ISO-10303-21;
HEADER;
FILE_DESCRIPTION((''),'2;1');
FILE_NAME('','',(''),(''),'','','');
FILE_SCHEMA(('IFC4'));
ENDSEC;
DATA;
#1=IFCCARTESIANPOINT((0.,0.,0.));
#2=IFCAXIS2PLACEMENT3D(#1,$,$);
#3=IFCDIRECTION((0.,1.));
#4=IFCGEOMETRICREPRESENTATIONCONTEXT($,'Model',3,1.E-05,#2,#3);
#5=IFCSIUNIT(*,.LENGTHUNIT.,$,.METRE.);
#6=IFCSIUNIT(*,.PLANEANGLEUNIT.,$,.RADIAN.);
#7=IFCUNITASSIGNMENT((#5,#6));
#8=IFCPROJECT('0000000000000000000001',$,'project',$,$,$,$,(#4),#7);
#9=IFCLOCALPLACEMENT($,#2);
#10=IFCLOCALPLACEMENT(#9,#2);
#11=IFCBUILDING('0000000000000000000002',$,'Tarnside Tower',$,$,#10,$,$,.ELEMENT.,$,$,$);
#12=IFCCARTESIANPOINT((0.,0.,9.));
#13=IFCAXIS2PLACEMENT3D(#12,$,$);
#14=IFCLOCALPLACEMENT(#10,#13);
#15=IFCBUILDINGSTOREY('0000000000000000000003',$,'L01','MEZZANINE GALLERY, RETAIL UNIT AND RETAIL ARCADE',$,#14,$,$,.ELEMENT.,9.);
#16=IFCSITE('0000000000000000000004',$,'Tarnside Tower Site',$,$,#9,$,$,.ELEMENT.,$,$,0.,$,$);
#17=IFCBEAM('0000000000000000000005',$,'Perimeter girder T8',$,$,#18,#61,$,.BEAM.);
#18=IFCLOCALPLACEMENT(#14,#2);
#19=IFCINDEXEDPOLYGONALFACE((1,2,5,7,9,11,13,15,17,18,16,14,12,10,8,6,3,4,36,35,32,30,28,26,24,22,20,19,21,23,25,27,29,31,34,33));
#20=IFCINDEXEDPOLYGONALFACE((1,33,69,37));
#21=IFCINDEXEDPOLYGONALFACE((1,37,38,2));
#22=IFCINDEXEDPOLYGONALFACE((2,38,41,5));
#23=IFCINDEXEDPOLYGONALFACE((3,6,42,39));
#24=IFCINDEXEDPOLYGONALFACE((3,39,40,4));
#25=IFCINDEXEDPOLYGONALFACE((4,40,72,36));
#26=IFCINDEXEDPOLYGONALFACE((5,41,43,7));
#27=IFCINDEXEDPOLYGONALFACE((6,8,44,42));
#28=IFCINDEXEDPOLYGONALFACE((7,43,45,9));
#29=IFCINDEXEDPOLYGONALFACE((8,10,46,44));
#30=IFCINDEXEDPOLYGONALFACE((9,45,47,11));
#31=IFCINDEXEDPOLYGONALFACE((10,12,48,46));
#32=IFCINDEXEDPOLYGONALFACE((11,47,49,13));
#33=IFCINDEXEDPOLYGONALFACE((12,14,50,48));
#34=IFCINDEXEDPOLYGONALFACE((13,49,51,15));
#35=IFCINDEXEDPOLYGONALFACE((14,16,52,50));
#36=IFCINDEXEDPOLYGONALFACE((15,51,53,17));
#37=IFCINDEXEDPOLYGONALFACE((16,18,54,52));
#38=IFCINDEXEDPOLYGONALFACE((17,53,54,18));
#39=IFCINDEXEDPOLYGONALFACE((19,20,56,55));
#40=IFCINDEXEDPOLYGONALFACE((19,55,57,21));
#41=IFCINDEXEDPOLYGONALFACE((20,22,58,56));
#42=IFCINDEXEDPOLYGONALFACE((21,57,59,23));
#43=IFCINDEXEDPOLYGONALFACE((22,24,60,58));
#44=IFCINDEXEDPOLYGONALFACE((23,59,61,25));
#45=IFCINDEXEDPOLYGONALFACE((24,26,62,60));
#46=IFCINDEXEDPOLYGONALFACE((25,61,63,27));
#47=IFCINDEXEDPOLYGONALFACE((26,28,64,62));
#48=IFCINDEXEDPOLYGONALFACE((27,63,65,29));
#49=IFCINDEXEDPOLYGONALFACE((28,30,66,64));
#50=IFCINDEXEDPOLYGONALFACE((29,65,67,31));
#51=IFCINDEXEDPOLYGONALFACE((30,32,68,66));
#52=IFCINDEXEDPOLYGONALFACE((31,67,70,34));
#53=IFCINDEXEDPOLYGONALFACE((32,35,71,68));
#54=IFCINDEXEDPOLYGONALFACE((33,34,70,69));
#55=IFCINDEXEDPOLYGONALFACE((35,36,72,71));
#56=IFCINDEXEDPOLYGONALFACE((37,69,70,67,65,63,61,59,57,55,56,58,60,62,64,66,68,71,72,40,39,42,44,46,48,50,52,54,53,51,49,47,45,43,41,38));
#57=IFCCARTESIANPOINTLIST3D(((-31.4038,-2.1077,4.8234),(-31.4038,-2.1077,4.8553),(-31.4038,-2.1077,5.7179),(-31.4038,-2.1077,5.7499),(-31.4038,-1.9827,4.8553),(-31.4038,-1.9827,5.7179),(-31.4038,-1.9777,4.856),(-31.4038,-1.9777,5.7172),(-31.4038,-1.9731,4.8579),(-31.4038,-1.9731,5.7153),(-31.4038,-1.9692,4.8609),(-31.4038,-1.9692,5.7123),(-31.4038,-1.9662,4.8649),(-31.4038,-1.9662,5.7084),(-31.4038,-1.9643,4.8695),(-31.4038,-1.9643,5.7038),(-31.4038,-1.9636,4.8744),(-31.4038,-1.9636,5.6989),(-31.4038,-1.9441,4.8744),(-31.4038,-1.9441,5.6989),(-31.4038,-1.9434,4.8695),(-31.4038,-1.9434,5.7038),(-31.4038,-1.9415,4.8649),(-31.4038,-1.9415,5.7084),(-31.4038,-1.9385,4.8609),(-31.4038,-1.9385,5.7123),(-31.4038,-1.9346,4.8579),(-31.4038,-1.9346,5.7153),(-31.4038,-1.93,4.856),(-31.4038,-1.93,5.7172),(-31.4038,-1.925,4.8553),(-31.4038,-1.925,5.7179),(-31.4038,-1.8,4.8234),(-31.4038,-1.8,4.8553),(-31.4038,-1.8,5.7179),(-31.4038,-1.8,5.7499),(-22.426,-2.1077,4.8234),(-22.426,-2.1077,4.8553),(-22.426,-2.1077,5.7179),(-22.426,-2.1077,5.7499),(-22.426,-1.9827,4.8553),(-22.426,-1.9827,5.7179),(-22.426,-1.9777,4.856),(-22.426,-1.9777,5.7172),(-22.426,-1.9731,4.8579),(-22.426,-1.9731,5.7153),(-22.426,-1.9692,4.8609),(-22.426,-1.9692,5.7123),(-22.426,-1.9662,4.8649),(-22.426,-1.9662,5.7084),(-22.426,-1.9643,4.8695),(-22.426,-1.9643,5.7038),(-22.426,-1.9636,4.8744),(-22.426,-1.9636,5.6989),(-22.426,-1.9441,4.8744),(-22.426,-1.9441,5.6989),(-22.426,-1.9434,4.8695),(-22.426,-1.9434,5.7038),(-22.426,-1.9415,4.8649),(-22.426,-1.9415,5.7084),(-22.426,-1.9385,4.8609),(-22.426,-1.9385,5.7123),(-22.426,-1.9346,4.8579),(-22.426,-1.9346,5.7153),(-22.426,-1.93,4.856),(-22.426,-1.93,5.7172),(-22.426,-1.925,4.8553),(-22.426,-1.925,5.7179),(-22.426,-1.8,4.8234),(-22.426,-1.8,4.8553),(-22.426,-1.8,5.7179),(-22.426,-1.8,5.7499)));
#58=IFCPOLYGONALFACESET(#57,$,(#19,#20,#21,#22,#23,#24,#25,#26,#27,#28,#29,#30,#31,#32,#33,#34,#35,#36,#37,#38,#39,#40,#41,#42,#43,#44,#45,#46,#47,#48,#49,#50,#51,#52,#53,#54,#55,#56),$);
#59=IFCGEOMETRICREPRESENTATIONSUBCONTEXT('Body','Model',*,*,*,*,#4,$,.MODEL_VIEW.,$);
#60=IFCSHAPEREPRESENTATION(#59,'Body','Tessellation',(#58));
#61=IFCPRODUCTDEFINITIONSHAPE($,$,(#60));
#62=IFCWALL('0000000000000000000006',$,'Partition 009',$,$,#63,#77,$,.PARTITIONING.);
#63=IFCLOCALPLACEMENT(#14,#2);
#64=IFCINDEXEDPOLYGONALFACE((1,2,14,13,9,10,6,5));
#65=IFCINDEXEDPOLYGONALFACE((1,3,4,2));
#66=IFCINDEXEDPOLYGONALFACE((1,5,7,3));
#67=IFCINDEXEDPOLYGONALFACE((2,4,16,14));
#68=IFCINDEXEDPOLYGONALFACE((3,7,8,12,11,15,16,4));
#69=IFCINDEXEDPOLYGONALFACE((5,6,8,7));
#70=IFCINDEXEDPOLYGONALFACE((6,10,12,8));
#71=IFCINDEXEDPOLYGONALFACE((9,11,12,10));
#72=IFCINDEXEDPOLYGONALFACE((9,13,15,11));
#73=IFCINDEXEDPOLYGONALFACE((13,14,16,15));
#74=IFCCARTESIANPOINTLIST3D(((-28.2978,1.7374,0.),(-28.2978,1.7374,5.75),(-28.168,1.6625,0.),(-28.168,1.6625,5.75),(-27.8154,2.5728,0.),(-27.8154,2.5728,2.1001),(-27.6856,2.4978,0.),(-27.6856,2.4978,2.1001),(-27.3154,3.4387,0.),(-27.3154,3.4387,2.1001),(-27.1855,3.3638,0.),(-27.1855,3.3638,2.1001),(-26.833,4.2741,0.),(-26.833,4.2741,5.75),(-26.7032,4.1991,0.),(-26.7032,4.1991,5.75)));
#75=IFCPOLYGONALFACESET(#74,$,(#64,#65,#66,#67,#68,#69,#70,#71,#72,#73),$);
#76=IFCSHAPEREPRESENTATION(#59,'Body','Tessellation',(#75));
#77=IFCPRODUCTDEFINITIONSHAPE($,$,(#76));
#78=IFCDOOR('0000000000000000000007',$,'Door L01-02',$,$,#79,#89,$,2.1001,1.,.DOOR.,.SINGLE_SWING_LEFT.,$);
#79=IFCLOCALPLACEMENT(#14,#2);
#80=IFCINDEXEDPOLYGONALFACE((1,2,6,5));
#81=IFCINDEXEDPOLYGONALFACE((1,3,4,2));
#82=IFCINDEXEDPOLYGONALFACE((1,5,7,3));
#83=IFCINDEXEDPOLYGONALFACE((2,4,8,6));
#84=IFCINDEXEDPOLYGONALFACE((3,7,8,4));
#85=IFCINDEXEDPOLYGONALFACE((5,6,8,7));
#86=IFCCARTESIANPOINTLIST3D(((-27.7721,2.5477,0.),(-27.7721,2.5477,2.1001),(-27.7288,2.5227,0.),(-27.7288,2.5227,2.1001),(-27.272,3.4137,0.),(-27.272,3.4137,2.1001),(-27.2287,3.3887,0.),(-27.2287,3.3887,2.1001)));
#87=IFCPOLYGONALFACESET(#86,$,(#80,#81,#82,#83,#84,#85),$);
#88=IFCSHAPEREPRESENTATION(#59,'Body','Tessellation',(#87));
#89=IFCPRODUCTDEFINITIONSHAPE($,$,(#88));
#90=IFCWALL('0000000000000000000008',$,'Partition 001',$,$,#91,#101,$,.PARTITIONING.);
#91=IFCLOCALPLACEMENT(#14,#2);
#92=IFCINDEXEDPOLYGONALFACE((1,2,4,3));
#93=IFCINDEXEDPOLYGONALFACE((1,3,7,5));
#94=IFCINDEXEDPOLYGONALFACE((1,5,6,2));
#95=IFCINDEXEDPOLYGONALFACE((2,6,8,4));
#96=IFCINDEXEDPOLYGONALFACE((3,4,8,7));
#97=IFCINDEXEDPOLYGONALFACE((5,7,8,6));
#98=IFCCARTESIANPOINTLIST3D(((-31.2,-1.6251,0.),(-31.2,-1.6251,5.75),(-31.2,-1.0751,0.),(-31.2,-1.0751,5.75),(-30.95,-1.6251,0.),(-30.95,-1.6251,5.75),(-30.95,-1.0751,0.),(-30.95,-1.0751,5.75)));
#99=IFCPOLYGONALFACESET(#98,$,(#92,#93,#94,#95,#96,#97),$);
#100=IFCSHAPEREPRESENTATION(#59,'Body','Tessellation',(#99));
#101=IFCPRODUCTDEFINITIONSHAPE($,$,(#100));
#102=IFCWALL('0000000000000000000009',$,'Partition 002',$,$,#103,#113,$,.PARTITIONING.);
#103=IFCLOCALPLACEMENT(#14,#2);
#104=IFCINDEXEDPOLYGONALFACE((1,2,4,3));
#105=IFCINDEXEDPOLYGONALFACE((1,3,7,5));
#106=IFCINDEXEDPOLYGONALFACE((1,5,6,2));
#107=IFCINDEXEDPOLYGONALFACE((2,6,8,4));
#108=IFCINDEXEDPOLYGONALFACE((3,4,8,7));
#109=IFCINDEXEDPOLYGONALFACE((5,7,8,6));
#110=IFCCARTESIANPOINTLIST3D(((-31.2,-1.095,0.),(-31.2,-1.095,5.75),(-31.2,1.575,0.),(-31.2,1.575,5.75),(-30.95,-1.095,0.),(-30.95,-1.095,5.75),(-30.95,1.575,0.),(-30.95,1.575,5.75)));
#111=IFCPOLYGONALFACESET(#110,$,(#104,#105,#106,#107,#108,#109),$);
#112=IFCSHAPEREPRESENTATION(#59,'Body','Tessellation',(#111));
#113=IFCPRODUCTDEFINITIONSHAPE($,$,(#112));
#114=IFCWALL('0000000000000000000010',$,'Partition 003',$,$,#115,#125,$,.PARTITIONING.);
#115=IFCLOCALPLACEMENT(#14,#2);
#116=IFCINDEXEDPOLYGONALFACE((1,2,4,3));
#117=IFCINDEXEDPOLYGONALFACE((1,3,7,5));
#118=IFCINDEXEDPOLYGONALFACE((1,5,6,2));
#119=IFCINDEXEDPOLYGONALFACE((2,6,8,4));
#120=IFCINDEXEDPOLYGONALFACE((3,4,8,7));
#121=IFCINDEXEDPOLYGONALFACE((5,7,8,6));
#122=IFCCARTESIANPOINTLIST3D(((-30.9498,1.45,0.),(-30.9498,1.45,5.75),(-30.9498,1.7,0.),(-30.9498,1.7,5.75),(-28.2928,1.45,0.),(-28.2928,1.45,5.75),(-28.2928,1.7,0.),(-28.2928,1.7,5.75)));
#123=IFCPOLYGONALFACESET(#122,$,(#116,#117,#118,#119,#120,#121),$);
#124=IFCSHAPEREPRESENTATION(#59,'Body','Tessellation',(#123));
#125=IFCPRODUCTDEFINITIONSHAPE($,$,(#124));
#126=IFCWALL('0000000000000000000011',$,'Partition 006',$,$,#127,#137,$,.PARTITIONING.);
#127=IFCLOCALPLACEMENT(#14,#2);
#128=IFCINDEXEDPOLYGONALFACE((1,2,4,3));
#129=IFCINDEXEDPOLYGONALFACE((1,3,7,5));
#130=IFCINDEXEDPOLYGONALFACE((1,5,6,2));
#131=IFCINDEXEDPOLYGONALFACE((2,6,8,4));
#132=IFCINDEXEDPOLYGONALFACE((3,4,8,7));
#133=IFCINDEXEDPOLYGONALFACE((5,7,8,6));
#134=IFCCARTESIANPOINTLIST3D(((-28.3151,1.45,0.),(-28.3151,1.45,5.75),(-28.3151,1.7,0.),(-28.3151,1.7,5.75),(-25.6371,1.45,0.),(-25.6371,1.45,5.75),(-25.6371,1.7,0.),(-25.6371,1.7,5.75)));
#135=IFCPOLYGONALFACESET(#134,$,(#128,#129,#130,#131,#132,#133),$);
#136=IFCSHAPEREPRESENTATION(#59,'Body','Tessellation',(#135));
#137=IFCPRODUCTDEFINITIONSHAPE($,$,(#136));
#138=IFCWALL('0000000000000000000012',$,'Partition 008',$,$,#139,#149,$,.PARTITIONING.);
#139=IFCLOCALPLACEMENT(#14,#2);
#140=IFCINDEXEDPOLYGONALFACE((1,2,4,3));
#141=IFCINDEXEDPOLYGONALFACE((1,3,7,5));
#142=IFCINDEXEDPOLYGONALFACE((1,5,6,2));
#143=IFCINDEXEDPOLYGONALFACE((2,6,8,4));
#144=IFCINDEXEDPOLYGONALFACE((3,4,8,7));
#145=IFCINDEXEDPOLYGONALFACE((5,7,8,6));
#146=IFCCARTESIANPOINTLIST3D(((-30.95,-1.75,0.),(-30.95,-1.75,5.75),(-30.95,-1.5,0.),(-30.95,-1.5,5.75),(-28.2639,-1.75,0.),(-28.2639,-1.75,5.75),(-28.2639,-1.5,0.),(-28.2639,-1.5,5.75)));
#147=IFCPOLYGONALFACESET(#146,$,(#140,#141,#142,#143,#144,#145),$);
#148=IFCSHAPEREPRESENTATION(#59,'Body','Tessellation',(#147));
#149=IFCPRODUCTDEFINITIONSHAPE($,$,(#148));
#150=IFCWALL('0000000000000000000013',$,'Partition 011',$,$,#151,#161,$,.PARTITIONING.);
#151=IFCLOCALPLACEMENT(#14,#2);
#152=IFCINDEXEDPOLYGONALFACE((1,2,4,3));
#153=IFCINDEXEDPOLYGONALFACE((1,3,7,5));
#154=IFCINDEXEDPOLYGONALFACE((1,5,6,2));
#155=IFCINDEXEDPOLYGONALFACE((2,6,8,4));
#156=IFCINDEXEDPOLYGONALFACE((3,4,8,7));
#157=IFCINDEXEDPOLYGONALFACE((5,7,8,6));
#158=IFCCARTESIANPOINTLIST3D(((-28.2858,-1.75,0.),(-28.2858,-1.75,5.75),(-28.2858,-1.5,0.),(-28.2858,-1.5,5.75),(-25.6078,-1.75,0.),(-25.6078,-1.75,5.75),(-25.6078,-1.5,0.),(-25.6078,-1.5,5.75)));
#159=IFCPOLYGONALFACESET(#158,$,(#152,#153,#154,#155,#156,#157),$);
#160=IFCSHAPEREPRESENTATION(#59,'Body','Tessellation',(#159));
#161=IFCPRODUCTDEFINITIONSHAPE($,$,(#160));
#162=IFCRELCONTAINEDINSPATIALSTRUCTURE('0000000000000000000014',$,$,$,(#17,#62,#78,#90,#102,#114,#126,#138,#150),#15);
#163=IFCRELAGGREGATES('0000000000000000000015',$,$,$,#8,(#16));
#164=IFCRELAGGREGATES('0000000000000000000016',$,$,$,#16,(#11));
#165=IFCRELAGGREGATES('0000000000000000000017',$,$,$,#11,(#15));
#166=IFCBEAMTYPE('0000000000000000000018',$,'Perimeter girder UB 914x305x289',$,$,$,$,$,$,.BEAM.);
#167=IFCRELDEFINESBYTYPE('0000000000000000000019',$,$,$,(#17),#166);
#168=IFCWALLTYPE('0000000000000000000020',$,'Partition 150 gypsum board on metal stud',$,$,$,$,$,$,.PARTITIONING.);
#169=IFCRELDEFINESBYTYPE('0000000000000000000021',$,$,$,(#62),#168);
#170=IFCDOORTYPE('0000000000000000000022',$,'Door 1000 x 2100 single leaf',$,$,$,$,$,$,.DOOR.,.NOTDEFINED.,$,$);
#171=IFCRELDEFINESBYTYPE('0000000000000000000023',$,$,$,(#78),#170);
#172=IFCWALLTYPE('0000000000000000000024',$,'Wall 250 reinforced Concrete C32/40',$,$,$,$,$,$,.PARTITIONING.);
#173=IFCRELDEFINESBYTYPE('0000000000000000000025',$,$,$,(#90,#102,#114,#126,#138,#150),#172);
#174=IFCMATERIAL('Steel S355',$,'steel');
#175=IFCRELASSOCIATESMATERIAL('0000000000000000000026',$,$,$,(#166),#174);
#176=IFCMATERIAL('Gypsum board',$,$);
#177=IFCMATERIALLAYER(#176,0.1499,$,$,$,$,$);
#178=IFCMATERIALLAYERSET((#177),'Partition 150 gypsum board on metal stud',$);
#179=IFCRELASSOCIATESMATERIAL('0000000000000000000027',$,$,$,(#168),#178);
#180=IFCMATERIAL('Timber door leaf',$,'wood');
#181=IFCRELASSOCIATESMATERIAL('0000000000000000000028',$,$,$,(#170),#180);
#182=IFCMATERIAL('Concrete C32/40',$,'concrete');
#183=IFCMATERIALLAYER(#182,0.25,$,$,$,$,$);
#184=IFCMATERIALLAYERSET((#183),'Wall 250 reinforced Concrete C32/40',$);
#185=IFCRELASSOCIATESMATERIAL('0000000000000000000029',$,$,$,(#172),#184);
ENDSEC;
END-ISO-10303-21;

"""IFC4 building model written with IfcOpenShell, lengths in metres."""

from ifc_helpers import new_model, si_unit, direction, frame, frame_2d, origin, origin_2d, place, context, subcontext, project, spatial, rectangle, i_section, extrude, material, layer, layer_set, material_profile, profile_set, type_object, element, fill, save


model = new_model("IFC4")

# Units and contexts
model_context = context("Model", 3, precision=1e-05, world=origin(), true_north=direction((0.0, 1.0)))
body_context = subcontext(model_context, "Body", "Model", "MODEL_VIEW")
ifc_project = project(units=[si_unit("LENGTHUNIT", "METRE"), si_unit("PLANEANGLEUNIT", "RADIAN")], contexts=[model_context])

# Site, building, storey
site_placement = place(None, origin())
site = spatial("IfcSite", under=ifc_project, at=site_placement, Name="Tarnside Tower Site", CompositionType="ELEMENT", RefElevation=0.0)
building_placement = place(site_placement, origin())
building = spatial("IfcBuilding", under=site, at=building_placement, Name="Tarnside Tower", CompositionType="ELEMENT")
storey_placement = place(building_placement, frame((0.0, 0.0, 9.0)))
storey = spatial("IfcBuildingStorey", under=building, at=storey_placement, Name="L01", Description="MEZZANINE GALLERY, RETAIL UNIT AND RETAIL ARCADE", CompositionType="ELEMENT", Elevation=9.0)

# Beam
ifc_material_1 = material(Name="Steel S355", Category="steel")
ifc_material_profile_1 = material_profile(ifc_material_1, i_section(OverallWidth=0.3076, OverallDepth=0.9265, WebThickness=0.0195, FlangeThickness=0.032, FilletRadius=0.019, at=origin_2d()), Name="UB 914x305x289")
ifc_profile_set_1 = profile_set([ifc_material_profile_1], Name="Steel S355")
beam_type_1 = type_object("IfcBeamType", Name="Perimeter girder UB 914x305x289", PredefinedType="BEAM", material=ifc_profile_set_1)
beam_1_placement = place(storey_placement, frame((-22.426, -1.9539, 5.2866), z_axis=(-1.0, 0.0, 0.0), x_axis=(0.0, -1.0, 0.0)))
element("IfcBeam", 1, at=beam_1_placement, inside=storey, type_object=beam_type_1, Name="Perimeter girder T8", PredefinedType="BEAM", context=body_context, shape_type="SweptSolid", body=[
    extrude(i_section(OverallWidth=0.3076, OverallDepth=0.9265, WebThickness=0.0195, FlangeThickness=0.032, FilletRadius=0.019, at=origin_2d()), origin(), (0.0, 0.0, 1.0), 8.9778),
])

# Wall, opening, door
ifc_material_2 = material(Name="Gypsum board")
ifc_layer_1 = layer(ifc_material_2, 0.1499)
ifc_layer_set_1 = layer_set([ifc_layer_1], Name="Partition 150 gypsum board on metal stud")
wall_type_1 = type_object("IfcWallType", Name="Partition 150 gypsum board on metal stud", PredefinedType="PARTITIONING", material=ifc_layer_set_1)
wall_1_placement = place(storey_placement, frame((-28.2329, 1.7, 0.0), z_axis=(0.0, 0.0, 1.0), x_axis=(0.500083, 0.865977, 0.0)))
wall_1 = element("IfcWall", 2, at=wall_1_placement, inside=storey, type_object=wall_type_1, Name="Partition 009", PredefinedType="PARTITIONING", context=body_context, shape_type="SweptSolid", body=[
    extrude(rectangle(XDim=2.9292, YDim=0.1499, at=frame_2d((1.4646, 0.0))), origin(), (0.0, 0.0, 1.0), 5.75),
])
opening_1_placement = place(wall_1_placement, frame((0.9646, 0.0, 0.0)))
opening_1 = element("IfcOpeningElement", 3, at=opening_1_placement, cuts=wall_1, PredefinedType="OPENING", context=body_context, shape_type="SweptSolid", body=[
    extrude(rectangle(XDim=1.0, YDim=2.1001, at=frame_2d((0.5, 1.05))), frame((0.0, 0.085, 0.0), z_axis=(0.0, -1.0, 0.0), x_axis=(1.0, 0.0, 0.0)), (0.0, 0.0, 1.0), 0.1699),
])
ifc_material_3 = material(Name="Timber door leaf", Category="wood")
door_type_1 = type_object("IfcDoorType", Name="Door 1000 x 2100 single leaf", OperationType="NOTDEFINED", PredefinedType="DOOR", material=ifc_material_3)
door_1_placement = place(opening_1_placement, origin())
door_1 = element("IfcDoor", 4, at=door_1_placement, inside=storey, type_object=door_type_1, Name="Door L01-02", OperationType="SINGLE_SWING_LEFT", OverallHeight=2.1001, OverallWidth=1.0, PredefinedType="DOOR", context=body_context, shape_type="SweptSolid", body=[
    extrude(rectangle(XDim=1.0, YDim=2.1001, at=frame_2d((0.5, 1.05))), frame((0.0, 0.0249, 0.0), z_axis=(0.0, -1.0, 0.0), x_axis=(1.0, 0.0, 0.0)), (0.0, 0.0, 1.0), 0.05),
])
fill(opening_1, door_1)

# Walls
ifc_material_4 = material(Name="Concrete C32/40", Category="concrete")
ifc_layer_2 = layer(ifc_material_4, 0.25)
ifc_layer_set_2 = layer_set([ifc_layer_2], Name="Wall 250 reinforced Concrete C32/40")
wall_type_2 = type_object("IfcWallType", Name="Wall 250 reinforced Concrete C32/40", PredefinedType="PARTITIONING", material=ifc_layer_set_2)
wall_2_placement = place(storey_placement, frame((-31.075, -1.625, 0.0), z_axis=(0.0, 0.0, 1.0), x_axis=(0.0, 1.0, 0.0)))
element("IfcWall", 5, at=wall_2_placement, inside=storey, type_object=wall_type_2, Name="Partition 001", PredefinedType="PARTITIONING", context=body_context, shape_type="SweptSolid", body=[
    extrude(rectangle(XDim=0.55, YDim=0.25, at=frame_2d((0.2749, 0.0))), origin(), (0.0, 0.0, 1.0), 5.75),
])
wall_3_placement = place(storey_placement, frame((-31.075, -1.095, 0.0), z_axis=(0.0, 0.0, 1.0), x_axis=(0.0, 1.0, 0.0)))
element("IfcWall", 6, at=wall_3_placement, inside=storey, type_object=wall_type_2, Name="Partition 002", PredefinedType="PARTITIONING", context=body_context, shape_type="SweptSolid", body=[
    extrude(rectangle(XDim=2.6699, YDim=0.25, at=frame_2d((1.335, 0.0))), origin(), (0.0, 0.0, 1.0), 5.75),
])
wall_4_placement = place(storey_placement, frame((-30.95, 1.575, 0.0), z_axis=(0.0, 0.0, 1.0), x_axis=(1.0, 0.0, 0.0)))
element("IfcWall", 7, at=wall_4_placement, inside=storey, type_object=wall_type_2, Name="Partition 003", PredefinedType="PARTITIONING", context=body_context, shape_type="SweptSolid", body=[
    extrude(rectangle(XDim=2.657, YDim=0.25, at=frame_2d((1.3286, 0.0))), origin(), (0.0, 0.0, 1.0), 5.75),
])
wall_5_placement = place(storey_placement, frame((-28.3149, 1.575, 0.0), z_axis=(0.0, 0.0, 1.0), x_axis=(1.0, 0.0, 0.0)))
element("IfcWall", 8, at=wall_5_placement, inside=storey, type_object=wall_type_2, Name="Partition 006", PredefinedType="PARTITIONING", context=body_context, shape_type="SweptSolid", body=[
    extrude(rectangle(XDim=2.678, YDim=0.25, at=frame_2d((1.3389, 0.0))), origin(), (0.0, 0.0, 1.0), 5.75),
])
wall_6_placement = place(storey_placement, frame((-28.2639, -1.625, 0.0), z_axis=(0.0, 0.0, 1.0), x_axis=(-1.0, 0.0, 0.0)))
element("IfcWall", 9, at=wall_6_placement, inside=storey, type_object=wall_type_2, Name="Partition 008", PredefinedType="PARTITIONING", context=body_context, shape_type="SweptSolid", body=[
    extrude(rectangle(XDim=2.686, YDim=0.25, at=frame_2d((1.343, 0.0))), origin(), (0.0, 0.0, 1.0), 5.75),
])
wall_7_placement = place(storey_placement, frame((-25.6079, -1.625, 0.0), z_axis=(0.0, 0.0, 1.0), x_axis=(-1.0, 0.0, 0.0)))
element("IfcWall", 10, at=wall_7_placement, inside=storey, type_object=wall_type_2, Name="Partition 011", PredefinedType="PARTITIONING", context=body_context, shape_type="SweptSolid", body=[
    extrude(rectangle(XDim=2.678, YDim=0.25, at=frame_2d((1.3389, 0.0))), origin(), (0.0, 0.0, 1.0), 5.75),
])

save(model, "model.ifc")
